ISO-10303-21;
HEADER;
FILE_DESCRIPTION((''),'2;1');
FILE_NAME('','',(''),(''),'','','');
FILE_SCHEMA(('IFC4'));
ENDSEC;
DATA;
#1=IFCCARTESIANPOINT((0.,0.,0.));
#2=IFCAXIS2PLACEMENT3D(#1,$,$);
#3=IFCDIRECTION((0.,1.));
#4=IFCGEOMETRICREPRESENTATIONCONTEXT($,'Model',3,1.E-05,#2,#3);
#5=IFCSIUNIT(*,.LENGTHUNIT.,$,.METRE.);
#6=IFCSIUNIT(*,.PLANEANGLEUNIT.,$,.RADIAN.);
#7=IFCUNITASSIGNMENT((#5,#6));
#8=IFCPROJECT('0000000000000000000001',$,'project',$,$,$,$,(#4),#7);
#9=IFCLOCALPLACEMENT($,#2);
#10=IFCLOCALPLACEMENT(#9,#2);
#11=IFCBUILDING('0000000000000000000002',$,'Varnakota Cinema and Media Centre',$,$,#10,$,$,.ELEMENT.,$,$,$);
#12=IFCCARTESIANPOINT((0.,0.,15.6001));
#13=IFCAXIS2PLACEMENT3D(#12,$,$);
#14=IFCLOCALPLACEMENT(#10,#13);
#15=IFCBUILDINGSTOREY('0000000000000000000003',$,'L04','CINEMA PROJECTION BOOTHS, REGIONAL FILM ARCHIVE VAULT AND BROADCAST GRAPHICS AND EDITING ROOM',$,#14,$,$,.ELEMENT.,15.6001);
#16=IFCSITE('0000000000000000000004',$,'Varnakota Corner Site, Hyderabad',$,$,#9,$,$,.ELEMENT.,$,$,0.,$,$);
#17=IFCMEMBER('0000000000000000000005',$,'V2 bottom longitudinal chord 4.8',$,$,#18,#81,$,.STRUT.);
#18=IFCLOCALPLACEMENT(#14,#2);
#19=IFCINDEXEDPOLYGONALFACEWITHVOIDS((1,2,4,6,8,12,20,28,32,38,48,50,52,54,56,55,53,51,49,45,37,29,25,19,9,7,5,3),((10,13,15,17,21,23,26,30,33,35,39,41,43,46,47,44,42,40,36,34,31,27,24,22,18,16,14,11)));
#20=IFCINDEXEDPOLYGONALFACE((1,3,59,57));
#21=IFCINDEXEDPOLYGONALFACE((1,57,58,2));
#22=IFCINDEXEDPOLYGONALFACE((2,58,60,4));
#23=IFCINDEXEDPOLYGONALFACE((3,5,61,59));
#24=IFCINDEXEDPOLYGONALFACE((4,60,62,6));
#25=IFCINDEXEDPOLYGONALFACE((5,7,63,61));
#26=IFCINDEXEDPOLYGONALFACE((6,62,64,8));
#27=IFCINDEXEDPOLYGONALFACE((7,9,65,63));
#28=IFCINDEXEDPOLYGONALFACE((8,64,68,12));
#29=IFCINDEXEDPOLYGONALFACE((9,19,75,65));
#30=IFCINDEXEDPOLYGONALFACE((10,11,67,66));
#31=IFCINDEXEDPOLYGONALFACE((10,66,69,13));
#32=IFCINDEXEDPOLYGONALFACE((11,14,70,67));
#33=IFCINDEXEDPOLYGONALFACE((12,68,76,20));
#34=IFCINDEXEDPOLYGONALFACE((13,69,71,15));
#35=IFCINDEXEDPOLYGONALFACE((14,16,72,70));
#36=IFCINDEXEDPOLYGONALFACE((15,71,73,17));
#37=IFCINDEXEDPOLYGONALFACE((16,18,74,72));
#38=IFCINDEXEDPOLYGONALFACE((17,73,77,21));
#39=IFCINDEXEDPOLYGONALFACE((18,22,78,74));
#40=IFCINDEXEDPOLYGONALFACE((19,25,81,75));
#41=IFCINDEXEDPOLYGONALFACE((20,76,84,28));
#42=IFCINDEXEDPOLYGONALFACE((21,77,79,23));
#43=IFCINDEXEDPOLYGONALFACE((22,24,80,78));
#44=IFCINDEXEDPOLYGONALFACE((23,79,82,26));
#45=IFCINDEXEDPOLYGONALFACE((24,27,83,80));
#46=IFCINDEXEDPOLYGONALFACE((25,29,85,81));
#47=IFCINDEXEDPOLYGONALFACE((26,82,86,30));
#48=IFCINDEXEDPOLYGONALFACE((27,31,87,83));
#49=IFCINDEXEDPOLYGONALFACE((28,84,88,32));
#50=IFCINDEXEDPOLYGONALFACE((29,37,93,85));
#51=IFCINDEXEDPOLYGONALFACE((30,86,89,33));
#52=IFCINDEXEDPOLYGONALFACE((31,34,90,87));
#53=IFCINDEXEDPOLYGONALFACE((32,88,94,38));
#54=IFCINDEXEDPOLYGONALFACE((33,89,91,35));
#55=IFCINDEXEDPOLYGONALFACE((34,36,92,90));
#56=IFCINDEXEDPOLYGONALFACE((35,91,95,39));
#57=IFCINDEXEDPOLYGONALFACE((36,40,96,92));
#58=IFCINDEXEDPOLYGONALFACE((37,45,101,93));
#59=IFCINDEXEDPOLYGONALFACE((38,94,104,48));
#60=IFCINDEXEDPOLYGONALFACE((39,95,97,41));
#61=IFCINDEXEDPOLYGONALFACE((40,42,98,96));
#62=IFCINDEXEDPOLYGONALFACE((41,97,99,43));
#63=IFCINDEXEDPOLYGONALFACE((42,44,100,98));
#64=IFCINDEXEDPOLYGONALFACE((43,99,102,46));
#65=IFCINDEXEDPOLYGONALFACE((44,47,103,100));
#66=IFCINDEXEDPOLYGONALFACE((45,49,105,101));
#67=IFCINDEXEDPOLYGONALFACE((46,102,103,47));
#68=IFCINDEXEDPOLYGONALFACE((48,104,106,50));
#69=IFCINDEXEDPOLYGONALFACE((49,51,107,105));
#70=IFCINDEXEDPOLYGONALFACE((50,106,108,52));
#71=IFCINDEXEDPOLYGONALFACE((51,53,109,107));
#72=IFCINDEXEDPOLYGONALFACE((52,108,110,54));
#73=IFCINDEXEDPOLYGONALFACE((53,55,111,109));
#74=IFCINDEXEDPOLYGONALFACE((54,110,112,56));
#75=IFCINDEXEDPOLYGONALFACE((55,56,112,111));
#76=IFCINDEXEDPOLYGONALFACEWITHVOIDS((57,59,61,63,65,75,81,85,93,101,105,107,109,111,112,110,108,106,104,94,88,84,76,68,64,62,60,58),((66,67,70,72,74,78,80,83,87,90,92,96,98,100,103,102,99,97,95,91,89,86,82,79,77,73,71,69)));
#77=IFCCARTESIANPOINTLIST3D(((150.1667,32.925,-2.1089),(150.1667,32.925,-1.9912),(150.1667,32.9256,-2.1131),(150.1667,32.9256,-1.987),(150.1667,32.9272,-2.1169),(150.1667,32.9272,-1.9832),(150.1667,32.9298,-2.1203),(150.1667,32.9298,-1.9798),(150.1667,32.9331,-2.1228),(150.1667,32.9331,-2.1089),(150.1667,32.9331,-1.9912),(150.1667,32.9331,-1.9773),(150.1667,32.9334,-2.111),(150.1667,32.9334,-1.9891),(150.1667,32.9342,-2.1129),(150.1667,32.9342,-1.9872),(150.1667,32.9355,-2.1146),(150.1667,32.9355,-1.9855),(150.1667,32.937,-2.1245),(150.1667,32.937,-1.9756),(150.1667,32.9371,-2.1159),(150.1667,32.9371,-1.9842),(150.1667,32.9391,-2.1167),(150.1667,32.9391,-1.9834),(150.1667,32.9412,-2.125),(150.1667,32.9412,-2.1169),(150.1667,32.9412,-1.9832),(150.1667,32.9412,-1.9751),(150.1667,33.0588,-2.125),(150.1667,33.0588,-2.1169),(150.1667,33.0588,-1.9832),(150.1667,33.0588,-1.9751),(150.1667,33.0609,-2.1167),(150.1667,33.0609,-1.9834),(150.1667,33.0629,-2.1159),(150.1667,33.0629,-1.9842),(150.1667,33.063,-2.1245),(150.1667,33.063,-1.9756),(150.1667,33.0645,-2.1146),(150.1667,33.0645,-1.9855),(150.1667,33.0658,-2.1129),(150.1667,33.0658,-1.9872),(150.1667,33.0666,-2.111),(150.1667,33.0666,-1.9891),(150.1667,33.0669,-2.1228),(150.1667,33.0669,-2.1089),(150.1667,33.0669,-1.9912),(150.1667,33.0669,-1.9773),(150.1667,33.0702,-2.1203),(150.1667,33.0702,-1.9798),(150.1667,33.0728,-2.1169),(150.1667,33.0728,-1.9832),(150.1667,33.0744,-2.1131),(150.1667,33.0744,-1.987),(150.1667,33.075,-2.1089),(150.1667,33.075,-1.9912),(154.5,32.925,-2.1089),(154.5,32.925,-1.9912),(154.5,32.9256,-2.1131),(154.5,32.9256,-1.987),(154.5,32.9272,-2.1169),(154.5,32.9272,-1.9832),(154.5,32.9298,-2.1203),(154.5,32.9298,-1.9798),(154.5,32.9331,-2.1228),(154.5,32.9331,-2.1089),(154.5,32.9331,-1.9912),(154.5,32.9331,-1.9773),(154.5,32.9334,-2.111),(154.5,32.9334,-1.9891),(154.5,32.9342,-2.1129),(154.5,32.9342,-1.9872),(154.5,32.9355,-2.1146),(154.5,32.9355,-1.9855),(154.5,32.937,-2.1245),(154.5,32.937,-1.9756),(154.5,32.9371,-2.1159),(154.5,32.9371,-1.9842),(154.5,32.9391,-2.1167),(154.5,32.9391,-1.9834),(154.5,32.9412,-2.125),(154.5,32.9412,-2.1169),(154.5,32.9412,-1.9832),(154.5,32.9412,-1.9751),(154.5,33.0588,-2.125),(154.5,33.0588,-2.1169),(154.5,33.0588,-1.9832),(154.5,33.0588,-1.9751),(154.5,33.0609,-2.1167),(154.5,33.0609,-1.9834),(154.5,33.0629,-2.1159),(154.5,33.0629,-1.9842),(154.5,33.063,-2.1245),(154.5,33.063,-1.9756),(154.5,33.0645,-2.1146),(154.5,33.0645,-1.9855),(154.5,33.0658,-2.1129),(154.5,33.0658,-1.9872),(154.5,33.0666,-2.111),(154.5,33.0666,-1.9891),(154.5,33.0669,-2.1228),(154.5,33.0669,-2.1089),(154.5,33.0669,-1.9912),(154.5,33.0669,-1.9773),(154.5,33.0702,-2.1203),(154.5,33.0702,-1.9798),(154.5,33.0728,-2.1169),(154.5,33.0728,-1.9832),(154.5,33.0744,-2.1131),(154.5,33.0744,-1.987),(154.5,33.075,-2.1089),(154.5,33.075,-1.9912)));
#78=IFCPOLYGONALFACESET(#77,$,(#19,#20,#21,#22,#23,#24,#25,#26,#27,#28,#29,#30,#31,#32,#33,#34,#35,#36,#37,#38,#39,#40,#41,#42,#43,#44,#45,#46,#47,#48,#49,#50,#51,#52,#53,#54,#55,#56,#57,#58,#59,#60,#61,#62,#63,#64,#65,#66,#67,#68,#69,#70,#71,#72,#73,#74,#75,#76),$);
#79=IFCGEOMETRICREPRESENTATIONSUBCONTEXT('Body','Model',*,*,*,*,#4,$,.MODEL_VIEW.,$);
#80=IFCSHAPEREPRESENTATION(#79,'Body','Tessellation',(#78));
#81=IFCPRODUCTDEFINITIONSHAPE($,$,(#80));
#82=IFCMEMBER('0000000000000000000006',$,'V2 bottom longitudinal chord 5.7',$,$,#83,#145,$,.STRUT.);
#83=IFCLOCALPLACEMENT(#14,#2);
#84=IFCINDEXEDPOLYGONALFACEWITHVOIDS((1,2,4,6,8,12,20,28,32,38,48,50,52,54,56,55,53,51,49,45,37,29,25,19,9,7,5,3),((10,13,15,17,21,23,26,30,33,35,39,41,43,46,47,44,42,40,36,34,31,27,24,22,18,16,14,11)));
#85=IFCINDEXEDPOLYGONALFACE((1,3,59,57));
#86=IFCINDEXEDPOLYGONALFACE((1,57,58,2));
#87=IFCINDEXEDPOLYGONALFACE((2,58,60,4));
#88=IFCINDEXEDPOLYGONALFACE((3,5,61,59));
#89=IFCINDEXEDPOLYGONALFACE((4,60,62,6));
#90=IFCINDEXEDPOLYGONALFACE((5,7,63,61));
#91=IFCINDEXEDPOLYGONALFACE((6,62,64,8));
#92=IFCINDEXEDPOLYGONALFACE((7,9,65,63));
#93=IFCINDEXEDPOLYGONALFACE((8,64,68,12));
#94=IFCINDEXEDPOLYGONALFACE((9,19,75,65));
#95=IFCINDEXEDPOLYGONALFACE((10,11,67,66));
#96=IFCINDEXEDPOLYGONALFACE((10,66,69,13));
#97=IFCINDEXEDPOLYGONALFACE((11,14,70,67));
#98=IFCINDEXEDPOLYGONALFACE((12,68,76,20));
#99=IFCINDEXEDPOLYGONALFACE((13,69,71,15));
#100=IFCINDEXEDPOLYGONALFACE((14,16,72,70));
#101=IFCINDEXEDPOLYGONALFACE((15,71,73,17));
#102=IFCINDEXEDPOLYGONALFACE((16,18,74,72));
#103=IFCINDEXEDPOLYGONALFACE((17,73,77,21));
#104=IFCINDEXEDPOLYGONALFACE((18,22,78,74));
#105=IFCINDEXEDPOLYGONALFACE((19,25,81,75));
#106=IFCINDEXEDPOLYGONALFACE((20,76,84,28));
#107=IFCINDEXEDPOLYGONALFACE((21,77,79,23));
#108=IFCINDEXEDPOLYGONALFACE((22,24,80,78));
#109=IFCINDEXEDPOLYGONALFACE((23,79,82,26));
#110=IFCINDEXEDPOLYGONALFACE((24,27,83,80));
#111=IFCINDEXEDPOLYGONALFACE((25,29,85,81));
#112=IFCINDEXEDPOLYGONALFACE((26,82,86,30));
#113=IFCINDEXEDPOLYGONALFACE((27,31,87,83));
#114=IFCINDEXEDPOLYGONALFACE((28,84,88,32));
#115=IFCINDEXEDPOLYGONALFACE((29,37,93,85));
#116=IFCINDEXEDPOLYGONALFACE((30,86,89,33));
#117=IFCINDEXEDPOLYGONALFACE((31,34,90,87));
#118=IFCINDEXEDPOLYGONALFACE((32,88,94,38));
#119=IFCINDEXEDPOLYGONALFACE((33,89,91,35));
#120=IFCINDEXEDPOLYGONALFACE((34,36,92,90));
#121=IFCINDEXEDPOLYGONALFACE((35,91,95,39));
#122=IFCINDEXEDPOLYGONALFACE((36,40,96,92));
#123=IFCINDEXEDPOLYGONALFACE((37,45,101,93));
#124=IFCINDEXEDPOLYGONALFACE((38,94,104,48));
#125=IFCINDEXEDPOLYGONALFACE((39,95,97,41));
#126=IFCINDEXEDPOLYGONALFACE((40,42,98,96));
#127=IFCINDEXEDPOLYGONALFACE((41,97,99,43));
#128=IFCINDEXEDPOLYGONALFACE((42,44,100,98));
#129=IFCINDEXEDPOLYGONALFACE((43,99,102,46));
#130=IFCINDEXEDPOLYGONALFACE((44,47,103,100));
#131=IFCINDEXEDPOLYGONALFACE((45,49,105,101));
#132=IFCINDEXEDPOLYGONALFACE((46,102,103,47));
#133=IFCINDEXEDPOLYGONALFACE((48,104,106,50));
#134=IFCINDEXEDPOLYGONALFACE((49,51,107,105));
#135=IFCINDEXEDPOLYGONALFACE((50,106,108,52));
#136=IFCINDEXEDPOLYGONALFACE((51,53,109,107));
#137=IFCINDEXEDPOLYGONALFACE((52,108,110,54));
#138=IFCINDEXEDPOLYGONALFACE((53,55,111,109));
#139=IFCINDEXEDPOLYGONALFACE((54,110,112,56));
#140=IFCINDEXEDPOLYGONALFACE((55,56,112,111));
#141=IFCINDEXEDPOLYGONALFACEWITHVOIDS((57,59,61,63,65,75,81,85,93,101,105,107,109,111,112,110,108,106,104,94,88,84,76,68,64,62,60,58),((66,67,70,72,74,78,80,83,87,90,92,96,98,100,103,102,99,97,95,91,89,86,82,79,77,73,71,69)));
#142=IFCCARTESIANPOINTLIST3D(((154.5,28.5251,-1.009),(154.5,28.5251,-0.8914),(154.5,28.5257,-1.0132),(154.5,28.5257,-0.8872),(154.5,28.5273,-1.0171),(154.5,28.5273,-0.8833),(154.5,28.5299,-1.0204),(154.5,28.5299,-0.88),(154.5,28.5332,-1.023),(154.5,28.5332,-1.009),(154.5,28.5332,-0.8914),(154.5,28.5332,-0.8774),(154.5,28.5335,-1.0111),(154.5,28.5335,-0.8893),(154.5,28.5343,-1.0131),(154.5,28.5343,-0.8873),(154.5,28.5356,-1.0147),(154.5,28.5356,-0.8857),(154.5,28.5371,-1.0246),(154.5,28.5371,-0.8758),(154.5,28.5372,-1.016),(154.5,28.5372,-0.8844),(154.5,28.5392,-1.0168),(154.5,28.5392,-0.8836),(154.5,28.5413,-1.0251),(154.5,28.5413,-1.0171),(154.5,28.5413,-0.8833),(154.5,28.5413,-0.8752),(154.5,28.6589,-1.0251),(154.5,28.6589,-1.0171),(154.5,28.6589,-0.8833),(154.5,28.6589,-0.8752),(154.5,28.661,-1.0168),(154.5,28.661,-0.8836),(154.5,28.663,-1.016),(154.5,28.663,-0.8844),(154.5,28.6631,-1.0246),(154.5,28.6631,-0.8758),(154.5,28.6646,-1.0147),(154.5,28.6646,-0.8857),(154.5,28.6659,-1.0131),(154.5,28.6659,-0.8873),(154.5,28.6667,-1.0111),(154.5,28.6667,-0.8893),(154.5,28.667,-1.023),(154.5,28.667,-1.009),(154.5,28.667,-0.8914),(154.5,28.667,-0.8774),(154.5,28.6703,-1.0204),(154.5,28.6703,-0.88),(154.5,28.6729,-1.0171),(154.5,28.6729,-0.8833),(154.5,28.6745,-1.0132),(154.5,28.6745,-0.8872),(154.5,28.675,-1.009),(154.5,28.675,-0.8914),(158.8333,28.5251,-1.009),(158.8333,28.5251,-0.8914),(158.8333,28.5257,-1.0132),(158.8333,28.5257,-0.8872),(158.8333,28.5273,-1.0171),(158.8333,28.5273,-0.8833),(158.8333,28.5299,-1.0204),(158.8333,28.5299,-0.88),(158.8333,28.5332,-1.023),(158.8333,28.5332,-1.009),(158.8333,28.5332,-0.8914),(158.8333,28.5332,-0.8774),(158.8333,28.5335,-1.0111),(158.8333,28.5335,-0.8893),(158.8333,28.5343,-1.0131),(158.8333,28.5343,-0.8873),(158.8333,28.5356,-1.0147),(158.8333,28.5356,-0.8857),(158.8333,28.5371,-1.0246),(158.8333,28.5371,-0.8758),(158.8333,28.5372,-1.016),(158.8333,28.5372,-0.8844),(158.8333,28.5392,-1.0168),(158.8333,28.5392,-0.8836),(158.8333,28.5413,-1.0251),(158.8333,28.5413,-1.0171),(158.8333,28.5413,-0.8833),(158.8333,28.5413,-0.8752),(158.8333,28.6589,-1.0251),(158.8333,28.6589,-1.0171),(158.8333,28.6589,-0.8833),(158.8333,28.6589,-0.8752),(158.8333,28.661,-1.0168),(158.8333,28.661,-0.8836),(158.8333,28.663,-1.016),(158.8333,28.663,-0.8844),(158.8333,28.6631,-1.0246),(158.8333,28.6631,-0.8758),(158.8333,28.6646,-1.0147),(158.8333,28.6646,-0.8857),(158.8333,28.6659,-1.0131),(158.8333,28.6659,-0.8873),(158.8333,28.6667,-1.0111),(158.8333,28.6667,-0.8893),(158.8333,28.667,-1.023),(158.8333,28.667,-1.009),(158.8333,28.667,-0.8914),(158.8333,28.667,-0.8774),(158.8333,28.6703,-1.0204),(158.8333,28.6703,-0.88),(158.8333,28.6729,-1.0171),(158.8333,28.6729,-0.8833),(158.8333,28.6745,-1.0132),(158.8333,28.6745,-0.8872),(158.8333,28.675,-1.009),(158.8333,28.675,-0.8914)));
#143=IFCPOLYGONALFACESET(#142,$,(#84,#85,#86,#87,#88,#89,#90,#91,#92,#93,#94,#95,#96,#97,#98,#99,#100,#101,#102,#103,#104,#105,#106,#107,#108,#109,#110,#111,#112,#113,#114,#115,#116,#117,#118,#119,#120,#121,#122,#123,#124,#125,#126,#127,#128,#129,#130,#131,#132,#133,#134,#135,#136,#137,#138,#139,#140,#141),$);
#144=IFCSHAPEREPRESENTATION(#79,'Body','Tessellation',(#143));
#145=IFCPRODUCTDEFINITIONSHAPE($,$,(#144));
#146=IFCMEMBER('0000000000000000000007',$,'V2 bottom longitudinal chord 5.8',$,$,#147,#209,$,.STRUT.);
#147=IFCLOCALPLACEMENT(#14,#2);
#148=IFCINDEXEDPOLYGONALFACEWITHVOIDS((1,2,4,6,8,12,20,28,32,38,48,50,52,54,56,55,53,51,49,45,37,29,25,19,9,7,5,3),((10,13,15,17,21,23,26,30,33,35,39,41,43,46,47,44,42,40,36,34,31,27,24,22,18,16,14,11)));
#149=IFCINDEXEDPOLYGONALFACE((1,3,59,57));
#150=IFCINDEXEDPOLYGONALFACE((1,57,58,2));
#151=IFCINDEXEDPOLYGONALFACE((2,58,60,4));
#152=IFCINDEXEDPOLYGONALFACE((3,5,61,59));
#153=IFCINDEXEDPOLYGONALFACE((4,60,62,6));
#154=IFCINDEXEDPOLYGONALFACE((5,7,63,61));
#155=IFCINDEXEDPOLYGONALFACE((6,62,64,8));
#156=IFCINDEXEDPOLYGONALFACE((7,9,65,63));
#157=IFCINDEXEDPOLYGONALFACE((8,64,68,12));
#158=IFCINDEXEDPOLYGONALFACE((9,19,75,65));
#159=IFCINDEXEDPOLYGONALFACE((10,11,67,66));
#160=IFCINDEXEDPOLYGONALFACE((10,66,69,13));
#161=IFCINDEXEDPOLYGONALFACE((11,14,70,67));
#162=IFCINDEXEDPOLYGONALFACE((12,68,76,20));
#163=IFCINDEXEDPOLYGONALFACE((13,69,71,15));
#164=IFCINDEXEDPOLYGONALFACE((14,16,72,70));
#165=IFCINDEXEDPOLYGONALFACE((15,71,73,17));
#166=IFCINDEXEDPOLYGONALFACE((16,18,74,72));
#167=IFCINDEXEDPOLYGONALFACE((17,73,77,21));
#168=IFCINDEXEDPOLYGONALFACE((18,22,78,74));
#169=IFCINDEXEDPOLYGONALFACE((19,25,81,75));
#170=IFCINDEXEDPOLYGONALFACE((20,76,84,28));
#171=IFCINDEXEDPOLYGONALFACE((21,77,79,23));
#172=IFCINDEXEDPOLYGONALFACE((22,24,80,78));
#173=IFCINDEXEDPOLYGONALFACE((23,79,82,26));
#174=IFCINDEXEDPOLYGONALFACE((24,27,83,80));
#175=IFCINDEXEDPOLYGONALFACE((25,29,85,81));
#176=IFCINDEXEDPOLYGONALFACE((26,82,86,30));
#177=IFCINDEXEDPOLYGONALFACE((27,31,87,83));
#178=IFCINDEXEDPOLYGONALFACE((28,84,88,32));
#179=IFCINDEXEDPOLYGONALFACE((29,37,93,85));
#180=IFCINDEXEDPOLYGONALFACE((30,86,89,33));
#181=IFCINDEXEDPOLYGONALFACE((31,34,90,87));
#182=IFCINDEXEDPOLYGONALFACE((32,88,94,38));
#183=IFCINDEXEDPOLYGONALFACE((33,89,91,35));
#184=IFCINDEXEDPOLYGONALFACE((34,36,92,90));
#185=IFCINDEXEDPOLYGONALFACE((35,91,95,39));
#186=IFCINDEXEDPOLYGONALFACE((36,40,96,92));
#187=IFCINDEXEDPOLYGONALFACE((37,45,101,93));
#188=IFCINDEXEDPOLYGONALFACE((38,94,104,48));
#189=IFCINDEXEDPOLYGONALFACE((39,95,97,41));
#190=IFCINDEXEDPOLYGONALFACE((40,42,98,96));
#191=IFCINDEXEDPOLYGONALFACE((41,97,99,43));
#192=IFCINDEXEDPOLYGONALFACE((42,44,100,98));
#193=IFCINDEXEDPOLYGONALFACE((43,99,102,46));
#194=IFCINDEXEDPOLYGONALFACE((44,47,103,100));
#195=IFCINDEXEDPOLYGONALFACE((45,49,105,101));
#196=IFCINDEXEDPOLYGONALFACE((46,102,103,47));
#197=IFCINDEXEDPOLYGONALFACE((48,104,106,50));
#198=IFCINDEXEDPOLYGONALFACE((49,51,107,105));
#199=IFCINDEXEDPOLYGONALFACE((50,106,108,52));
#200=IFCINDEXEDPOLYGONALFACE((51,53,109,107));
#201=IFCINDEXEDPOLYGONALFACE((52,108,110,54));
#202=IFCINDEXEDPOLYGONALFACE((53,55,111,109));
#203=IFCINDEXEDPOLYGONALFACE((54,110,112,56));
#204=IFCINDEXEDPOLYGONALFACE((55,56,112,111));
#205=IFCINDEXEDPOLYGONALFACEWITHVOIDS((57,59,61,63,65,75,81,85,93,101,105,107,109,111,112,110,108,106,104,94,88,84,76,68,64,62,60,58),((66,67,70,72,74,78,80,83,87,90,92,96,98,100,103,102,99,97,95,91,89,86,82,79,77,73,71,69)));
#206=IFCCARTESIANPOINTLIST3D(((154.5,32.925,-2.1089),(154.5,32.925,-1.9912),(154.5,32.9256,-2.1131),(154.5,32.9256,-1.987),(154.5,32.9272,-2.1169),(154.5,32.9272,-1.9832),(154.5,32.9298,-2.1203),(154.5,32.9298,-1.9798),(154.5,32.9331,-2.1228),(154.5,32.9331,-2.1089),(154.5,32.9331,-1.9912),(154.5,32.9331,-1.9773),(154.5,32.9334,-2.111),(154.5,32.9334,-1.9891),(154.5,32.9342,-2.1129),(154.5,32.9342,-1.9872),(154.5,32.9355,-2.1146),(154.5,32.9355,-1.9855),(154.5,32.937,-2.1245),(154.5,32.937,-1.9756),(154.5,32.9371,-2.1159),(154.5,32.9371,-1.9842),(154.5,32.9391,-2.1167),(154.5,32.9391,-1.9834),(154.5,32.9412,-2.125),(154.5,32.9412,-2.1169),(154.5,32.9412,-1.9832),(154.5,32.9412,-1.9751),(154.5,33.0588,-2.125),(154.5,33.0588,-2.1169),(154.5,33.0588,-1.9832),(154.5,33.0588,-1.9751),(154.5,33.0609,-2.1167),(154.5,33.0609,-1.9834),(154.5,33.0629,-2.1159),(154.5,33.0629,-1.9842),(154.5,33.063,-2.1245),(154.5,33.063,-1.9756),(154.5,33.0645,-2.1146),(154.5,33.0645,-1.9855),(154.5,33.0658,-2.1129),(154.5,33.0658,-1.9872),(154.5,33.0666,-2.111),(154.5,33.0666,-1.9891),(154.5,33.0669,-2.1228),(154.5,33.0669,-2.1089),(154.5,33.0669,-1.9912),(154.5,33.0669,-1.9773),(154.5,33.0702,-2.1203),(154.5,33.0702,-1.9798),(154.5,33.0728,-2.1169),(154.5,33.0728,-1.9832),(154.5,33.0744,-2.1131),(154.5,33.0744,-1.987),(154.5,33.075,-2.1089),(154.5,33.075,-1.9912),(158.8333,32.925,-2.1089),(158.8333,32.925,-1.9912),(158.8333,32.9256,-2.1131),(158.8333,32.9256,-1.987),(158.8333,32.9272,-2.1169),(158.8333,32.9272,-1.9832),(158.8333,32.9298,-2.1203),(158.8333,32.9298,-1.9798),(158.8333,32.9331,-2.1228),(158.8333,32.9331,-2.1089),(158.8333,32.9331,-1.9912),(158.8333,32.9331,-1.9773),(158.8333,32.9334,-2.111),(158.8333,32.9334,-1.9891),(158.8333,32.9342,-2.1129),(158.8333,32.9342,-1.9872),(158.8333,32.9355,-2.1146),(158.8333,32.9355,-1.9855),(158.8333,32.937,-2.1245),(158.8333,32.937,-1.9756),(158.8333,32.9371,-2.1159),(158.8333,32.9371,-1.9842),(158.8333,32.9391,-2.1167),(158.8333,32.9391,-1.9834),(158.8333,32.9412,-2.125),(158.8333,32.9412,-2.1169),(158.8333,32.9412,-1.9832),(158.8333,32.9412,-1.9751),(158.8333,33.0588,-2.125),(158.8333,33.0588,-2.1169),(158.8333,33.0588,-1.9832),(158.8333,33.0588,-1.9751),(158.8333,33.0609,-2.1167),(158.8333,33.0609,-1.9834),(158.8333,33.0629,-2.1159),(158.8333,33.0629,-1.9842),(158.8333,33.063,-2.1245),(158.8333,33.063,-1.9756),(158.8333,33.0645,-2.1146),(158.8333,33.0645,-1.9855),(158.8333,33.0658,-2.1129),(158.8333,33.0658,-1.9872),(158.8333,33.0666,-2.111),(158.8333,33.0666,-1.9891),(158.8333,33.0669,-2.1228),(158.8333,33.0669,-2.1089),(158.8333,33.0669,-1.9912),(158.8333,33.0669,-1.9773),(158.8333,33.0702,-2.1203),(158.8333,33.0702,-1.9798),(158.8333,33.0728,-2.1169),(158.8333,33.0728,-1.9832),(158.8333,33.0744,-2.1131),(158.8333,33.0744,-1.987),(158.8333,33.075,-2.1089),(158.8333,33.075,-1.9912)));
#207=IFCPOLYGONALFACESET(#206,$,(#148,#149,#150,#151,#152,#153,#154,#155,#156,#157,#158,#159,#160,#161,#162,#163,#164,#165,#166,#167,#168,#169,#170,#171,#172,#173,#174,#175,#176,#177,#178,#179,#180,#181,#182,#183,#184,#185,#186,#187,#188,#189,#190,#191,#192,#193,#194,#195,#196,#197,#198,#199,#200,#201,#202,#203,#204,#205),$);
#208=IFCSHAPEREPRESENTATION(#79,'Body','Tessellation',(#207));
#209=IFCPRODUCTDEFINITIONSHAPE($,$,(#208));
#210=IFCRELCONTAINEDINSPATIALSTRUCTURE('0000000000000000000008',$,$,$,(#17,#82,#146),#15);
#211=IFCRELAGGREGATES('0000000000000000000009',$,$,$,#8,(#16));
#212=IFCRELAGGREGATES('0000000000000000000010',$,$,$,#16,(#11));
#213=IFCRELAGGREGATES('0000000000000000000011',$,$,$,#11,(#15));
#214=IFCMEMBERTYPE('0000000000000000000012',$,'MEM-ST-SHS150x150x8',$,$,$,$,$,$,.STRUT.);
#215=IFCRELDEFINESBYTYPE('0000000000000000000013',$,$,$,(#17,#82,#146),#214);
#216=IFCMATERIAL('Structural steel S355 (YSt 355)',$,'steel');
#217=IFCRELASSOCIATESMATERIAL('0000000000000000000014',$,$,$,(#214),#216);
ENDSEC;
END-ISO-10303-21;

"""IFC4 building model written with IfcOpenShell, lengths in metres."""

from ifc_helpers import new_model, si_unit, direction, frame, origin, origin_2d, place, context, subcontext, project, spatial, hollow_rectangle, extrude, material, material_profile, profile_set, type_object, element, save


model = new_model("IFC4")

# Units and contexts
model_context = context("Model", 3, precision=1e-05, world=origin(), true_north=direction((0.0, 1.0)))
body_context = subcontext(model_context, "Body", "Model", "MODEL_VIEW")
ifc_project = project(units=[si_unit("LENGTHUNIT", "METRE"), si_unit("PLANEANGLEUNIT", "RADIAN")], contexts=[model_context])

# Site, building, storey
site_placement = place(None, origin())
site = spatial("IfcSite", under=ifc_project, at=site_placement, Name="Varnakota Corner Site, Hyderabad", CompositionType="ELEMENT", RefElevation=0.0)
building_placement = place(site_placement, origin())
building = spatial("IfcBuilding", under=site, at=building_placement, Name="Varnakota Cinema and Media Centre", CompositionType="ELEMENT")
storey_placement = place(building_placement, frame((0.0, 0.0, 15.6001)))
storey = spatial("IfcBuildingStorey", under=building, at=storey_placement, Name="L04", Description="CINEMA PROJECTION BOOTHS, REGIONAL FILM ARCHIVE VAULT AND BROADCAST GRAPHICS AND EDITING ROOM", CompositionType="ELEMENT", Elevation=15.6001)

# Members
ifc_material_1 = material(Name="Structural steel S355 (YSt 355)", Category="steel")
ifc_material_profile_1 = material_profile(ifc_material_1, hollow_rectangle(XDim=0.1499, YDim=0.1499, WallThickness=0.0081, InnerFilletRadius=0.0081, OuterFilletRadius=0.0161, at=origin_2d()), Name="SHS 150x150x8")
ifc_profile_set_1 = profile_set([ifc_material_profile_1], Name="Structural steel S355 (YSt 355)")
member_type_1 = type_object("IfcMemberType", Name="MEM-ST-SHS150x150x8", PredefinedType="STRUT", material=ifc_profile_set_1)
for number, where, z_axis, x_axis, name in (
    (1, (150.1667, 33.0, -2.05), (1.0, 0.0, 0.0), (0.0, 1.0, 0.0), "V2 bottom longitudinal chord 4.8"),
    (2, (154.5, 28.6001, -0.9502), (1.0, 0.0, 0.0), (0.0, 1.0, 0.0), "V2 bottom longitudinal chord 5.7"),
    (3, (154.5, 33.0, -2.05), (1.0, 0.0, 0.0), (0.0, 1.0, 0.0), "V2 bottom longitudinal chord 5.8"),
):
    element("IfcMember", number, at=place(storey_placement, frame(where, z_axis=z_axis, x_axis=x_axis)), inside=storey, type_object=member_type_1, Name=name, PredefinedType="STRUT", context=body_context, shape_type="SweptSolid", body=[
        extrude(hollow_rectangle(XDim=0.1499, YDim=0.1499, WallThickness=0.0081, InnerFilletRadius=0.0081, OuterFilletRadius=0.0161, at=origin_2d()), origin(), (0.0, 0.0, 1.0), 4.3333),
    ])

save(model, "model.ifc")
